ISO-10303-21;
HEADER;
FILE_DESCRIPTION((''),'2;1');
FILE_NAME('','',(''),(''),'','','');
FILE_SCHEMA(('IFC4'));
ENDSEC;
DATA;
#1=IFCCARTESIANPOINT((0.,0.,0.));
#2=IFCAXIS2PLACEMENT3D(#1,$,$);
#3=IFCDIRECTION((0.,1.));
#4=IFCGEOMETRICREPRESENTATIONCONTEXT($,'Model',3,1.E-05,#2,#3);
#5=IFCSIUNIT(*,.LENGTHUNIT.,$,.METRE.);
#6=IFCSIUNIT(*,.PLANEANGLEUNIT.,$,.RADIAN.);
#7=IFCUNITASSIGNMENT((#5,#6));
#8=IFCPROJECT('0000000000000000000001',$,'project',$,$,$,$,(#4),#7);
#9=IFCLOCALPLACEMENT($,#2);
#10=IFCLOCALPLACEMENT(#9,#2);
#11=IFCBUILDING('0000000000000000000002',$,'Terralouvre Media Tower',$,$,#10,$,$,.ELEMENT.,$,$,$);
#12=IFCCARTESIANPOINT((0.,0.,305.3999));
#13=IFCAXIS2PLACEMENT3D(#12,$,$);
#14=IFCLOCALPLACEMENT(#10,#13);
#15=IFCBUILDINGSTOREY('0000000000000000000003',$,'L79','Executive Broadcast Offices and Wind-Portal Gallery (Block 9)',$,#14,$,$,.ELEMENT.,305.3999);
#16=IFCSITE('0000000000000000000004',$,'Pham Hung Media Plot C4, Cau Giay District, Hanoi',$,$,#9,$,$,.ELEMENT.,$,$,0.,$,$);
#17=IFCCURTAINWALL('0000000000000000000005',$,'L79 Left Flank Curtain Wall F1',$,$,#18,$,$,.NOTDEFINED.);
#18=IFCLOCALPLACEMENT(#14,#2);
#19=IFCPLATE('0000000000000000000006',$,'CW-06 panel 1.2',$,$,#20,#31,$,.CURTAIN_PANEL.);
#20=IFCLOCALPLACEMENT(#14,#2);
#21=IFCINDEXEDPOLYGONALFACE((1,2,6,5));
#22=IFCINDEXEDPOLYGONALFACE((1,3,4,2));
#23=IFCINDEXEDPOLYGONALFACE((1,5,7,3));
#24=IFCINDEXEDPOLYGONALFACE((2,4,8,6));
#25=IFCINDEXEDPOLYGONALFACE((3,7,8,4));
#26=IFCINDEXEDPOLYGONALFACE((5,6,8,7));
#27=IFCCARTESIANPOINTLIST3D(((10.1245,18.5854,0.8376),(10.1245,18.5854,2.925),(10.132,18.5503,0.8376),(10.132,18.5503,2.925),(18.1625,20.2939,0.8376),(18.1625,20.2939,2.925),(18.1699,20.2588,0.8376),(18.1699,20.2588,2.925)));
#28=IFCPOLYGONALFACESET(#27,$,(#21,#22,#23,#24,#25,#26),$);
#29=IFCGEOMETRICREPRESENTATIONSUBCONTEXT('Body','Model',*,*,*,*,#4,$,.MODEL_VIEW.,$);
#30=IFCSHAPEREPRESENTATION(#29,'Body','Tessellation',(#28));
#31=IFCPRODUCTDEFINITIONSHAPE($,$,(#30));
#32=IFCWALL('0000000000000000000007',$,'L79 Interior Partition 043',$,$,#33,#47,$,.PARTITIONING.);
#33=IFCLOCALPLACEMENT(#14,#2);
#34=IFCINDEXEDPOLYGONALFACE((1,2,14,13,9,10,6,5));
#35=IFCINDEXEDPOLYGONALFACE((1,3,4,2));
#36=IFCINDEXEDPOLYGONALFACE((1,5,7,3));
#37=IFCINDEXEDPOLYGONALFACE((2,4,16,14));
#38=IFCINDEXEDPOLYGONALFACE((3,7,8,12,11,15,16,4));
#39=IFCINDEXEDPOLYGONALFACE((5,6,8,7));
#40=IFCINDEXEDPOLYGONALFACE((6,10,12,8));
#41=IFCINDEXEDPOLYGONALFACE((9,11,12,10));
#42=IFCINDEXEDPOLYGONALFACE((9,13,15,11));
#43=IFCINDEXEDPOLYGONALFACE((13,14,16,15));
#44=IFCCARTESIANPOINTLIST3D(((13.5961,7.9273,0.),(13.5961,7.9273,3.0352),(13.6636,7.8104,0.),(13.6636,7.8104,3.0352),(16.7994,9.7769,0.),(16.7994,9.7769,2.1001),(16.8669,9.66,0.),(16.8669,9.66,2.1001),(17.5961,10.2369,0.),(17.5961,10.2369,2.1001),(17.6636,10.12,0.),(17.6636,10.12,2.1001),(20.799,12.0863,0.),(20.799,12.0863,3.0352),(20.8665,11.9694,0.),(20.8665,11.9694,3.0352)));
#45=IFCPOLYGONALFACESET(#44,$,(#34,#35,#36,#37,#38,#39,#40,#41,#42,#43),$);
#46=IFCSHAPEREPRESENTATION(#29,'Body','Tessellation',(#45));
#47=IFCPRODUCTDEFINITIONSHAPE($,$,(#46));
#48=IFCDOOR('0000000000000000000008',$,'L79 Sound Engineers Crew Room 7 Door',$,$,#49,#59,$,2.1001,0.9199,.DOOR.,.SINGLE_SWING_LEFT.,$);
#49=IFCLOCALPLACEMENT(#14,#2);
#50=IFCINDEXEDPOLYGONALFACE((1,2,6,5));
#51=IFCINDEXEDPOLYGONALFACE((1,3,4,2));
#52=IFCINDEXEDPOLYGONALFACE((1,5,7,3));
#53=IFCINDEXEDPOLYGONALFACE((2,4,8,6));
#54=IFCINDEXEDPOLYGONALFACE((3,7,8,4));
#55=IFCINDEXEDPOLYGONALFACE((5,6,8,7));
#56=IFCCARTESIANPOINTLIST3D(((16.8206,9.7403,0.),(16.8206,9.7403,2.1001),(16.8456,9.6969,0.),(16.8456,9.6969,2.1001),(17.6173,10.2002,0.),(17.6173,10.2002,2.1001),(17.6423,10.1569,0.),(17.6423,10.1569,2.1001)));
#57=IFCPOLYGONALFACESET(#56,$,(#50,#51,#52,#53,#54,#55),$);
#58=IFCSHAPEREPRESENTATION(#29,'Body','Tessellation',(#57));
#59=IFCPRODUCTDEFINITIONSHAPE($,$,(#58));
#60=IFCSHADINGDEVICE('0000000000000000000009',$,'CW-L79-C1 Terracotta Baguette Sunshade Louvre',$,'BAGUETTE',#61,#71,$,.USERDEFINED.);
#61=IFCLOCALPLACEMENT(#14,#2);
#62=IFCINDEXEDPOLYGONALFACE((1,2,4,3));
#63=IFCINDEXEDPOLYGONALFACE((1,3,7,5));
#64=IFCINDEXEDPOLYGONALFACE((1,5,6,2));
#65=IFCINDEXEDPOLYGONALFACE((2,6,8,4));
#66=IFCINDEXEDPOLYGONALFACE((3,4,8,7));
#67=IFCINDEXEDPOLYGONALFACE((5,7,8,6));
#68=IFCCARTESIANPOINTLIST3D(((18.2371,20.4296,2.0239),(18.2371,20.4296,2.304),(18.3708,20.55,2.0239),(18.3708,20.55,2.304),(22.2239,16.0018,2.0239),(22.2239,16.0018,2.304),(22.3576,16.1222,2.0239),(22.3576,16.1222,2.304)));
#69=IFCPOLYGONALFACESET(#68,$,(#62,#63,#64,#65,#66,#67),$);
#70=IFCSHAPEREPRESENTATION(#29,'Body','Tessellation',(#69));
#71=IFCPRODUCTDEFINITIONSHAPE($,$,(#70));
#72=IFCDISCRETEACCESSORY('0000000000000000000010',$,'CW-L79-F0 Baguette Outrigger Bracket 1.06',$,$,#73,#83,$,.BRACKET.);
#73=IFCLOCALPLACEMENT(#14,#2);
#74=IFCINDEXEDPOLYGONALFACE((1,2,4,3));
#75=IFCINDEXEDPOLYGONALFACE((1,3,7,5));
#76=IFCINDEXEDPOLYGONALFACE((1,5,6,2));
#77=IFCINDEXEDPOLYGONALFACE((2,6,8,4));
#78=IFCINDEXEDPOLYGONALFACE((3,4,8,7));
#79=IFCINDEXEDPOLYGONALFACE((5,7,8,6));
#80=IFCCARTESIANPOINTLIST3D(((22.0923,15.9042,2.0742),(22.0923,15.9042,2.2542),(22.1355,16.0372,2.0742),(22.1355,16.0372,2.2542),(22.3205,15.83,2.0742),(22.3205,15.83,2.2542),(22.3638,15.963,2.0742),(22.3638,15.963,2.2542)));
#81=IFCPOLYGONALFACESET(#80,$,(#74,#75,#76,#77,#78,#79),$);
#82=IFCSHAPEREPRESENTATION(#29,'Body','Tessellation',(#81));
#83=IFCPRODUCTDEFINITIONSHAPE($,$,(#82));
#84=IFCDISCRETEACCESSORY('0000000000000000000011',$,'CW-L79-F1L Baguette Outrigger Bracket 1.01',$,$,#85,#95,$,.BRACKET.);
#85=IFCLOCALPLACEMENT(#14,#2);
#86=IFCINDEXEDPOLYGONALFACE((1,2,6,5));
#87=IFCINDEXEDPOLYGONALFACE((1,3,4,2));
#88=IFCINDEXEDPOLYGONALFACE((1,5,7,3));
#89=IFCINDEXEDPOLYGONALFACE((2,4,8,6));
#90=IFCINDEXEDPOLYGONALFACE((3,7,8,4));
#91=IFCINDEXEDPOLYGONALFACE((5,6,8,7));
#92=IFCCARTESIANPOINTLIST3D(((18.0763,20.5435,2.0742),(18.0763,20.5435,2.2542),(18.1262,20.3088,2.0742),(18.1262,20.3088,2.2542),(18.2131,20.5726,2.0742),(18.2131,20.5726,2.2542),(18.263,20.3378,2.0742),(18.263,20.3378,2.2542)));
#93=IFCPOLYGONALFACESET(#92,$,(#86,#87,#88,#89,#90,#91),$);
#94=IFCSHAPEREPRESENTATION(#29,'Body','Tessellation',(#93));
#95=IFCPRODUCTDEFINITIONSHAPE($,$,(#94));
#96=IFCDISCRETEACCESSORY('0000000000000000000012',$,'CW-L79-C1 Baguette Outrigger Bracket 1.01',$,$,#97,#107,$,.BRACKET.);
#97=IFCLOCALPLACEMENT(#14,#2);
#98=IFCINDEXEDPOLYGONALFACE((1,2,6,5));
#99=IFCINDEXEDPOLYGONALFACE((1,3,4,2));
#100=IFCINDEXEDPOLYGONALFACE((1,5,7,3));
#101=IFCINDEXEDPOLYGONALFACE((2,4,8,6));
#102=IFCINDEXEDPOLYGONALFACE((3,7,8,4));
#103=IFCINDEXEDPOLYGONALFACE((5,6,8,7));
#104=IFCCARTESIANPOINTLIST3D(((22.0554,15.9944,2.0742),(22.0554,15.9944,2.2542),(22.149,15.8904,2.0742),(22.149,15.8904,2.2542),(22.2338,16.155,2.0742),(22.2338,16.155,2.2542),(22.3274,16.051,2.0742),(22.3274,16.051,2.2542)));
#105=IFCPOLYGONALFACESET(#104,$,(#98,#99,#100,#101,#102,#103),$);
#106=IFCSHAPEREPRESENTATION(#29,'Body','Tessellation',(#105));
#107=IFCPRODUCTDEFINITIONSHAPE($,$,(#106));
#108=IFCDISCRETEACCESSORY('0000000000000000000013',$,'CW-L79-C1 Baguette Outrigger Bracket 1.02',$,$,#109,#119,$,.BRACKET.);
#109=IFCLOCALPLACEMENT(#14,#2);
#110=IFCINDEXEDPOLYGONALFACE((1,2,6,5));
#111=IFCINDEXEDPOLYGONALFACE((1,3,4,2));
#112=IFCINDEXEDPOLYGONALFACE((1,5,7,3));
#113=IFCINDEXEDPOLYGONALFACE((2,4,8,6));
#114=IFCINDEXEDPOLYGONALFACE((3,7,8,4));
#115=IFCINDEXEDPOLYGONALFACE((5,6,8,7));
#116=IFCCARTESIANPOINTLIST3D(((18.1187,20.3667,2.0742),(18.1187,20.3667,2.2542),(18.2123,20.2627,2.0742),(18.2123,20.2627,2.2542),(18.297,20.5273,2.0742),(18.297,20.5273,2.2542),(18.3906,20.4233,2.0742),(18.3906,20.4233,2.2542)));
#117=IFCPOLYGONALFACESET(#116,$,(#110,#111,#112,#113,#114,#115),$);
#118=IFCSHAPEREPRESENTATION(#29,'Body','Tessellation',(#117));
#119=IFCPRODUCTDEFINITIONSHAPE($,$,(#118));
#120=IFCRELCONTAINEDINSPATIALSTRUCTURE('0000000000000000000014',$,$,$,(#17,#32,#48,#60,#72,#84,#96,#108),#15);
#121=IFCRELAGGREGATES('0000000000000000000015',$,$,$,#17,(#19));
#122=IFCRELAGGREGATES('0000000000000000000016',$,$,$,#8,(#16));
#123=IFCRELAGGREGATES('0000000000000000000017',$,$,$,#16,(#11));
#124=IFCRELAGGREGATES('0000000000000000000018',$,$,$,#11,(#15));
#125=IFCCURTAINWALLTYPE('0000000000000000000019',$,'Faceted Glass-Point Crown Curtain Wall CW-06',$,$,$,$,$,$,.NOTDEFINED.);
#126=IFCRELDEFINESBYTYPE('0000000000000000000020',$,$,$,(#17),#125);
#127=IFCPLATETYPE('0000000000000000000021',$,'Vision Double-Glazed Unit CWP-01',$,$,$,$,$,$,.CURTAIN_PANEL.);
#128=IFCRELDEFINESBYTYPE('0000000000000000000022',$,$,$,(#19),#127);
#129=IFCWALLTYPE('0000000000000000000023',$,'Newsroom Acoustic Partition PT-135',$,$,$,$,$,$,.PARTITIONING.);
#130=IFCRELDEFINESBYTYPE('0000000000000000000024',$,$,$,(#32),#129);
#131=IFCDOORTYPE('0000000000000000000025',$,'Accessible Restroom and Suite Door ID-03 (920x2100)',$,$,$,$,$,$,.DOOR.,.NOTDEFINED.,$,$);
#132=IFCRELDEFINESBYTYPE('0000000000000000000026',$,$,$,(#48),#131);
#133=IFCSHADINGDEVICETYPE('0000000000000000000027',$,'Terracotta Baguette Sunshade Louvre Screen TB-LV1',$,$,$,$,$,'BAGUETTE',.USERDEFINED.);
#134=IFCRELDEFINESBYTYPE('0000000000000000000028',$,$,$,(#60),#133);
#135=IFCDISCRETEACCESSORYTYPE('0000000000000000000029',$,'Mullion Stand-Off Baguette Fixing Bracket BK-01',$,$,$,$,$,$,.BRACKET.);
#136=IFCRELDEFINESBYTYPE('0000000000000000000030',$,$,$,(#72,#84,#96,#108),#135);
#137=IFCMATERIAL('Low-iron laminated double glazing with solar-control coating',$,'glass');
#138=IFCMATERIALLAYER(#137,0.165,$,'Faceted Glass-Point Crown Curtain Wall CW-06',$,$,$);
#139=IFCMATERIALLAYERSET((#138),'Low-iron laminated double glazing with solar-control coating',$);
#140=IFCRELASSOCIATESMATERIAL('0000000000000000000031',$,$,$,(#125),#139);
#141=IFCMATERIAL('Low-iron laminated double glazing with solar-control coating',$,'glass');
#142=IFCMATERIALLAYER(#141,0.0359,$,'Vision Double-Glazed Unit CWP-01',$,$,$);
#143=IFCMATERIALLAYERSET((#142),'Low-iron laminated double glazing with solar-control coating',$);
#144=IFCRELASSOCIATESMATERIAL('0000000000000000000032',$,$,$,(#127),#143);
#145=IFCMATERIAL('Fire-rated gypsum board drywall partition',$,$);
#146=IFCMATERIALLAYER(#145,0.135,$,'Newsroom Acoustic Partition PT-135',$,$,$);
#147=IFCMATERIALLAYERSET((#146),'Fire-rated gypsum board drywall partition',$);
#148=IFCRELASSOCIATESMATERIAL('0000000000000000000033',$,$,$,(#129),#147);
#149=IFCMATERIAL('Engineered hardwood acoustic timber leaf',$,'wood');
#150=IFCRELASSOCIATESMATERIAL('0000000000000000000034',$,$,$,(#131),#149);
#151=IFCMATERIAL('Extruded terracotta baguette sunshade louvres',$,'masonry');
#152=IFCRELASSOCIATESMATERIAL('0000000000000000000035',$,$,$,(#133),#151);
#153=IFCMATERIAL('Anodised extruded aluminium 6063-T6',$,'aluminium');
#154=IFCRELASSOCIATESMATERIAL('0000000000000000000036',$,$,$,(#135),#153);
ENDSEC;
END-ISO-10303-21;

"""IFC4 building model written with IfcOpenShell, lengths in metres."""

from ifc_helpers import new_model, si_unit, direction, frame, frame_2d, origin, origin_2d, place, context, subcontext, project, spatial, rectangle, extrude, material, layer, layer_set, type_object, element, fill, aggregate, save


model = new_model("IFC4")

# Units and contexts
model_context = context("Model", 3, precision=1e-05, world=origin(), true_north=direction((0.0, 1.0)))
body_context = subcontext(model_context, "Body", "Model", "MODEL_VIEW")
ifc_project = project(units=[si_unit("LENGTHUNIT", "METRE"), si_unit("PLANEANGLEUNIT", "RADIAN")], contexts=[model_context])

# Site, building, storey
site_placement = place(None, origin())
site = spatial("IfcSite", under=ifc_project, at=site_placement, Name="Pham Hung Media Plot C4, Cau Giay District, Hanoi", CompositionType="ELEMENT", RefElevation=0.0)
building_placement = place(site_placement, origin())
building = spatial("IfcBuilding", under=site, at=building_placement, Name="Terralouvre Media Tower", CompositionType="ELEMENT")
storey_placement = place(building_placement, frame((0.0, 0.0, 305.3999)))
storey = spatial("IfcBuildingStorey", under=building, at=storey_placement, Name="L79", Description="Executive Broadcast Offices and Wind-Portal Gallery (Block 9)", CompositionType="ELEMENT", Elevation=305.3999)

# Curtain wall
ifc_material_1 = material(Name="Low-iron laminated double glazing with solar-control coating", Category="glass")
ifc_layer_1 = layer(ifc_material_1, 0.165, Name="Faceted Glass-Point Crown Curtain Wall CW-06")
ifc_layer_set_1 = layer_set([ifc_layer_1], Name="Low-iron laminated double glazing with solar-control coating")
curtain_wall_type_1 = type_object("IfcCurtainWallType", Name="Faceted Glass-Point Crown Curtain Wall CW-06", PredefinedType="NOTDEFINED", material=ifc_layer_set_1)
curtain_wall_1_placement = place(storey_placement, origin())
curtain_wall_1 = element("IfcCurtainWall", 1, at=curtain_wall_1_placement, inside=storey, type_object=curtain_wall_type_1, Name="L79 Left Flank Curtain Wall F1", PredefinedType="NOTDEFINED")

# Plate
ifc_material_2 = material(Name="Low-iron laminated double glazing with solar-control coating", Category="glass")
ifc_layer_2 = layer(ifc_material_2, 0.0359, Name="Vision Double-Glazed Unit CWP-01")
ifc_layer_set_2 = layer_set([ifc_layer_2], Name="Low-iron laminated double glazing with solar-control coating")
plate_type_1 = type_object("IfcPlateType", Name="Vision Double-Glazed Unit CWP-01", PredefinedType="CURTAIN_PANEL", material=ifc_layer_set_2)
plate_1_placement = place(storey_placement, frame((14.1472, 19.4221, 0.8376), z_axis=(0.0, 0.0, 1.0), x_axis=(-0.978148, -0.207912, 0.0)))
plate_1 = element("IfcPlate", 2, at=plate_1_placement, type_object=plate_type_1, Name="CW-06 panel 1.2", PredefinedType="CURTAIN_PANEL", context=body_context, shape_type="SweptSolid", body=[
    extrude(rectangle(XDim=8.2175, YDim=0.0359, at=origin_2d()), origin(), (0.0, 0.0, 1.0), 2.0874),
])
aggregate(curtain_wall_1, [plate_1])

# Wall, opening, door
ifc_material_3 = material(Name="Fire-rated gypsum board drywall partition")
ifc_layer_3 = layer(ifc_material_3, 0.135, Name="Newsroom Acoustic Partition PT-135")
ifc_layer_set_3 = layer_set([ifc_layer_3], Name="Fire-rated gypsum board drywall partition")
wall_type = type_object("IfcWallType", Name="Newsroom Acoustic Partition PT-135", PredefinedType="PARTITIONING", material=ifc_layer_set_3)
wall_placement = place(storey_placement, frame((20.8328, 12.0278, 0.0), z_axis=(0.0, 0.0, 1.0), x_axis=(-0.866007, -0.500032, 0.0)))
wall = element("IfcWall", 3, at=wall_placement, inside=storey, type_object=wall_type, Name="L79 Interior Partition 043", PredefinedType="PARTITIONING", context=body_context, shape_type="SweptSolid", body=[
    extrude(rectangle(XDim=8.3174, YDim=0.135, at=frame_2d((4.1587, 0.0))), origin(), (0.0, 0.0, 1.0), 3.0352),
])
opening_placement = place(wall_placement, frame((3.6985, 0.0, 0.0)))
opening = element("IfcOpeningElement", 4, at=opening_placement, cuts=wall, PredefinedType="OPENING", context=body_context, shape_type="SweptSolid", body=[
    extrude(rectangle(XDim=0.9199, YDim=2.1001, at=frame_2d((0.46, 1.05))), frame((0.0, 0.0774, 0.0), z_axis=(0.0, -1.0, 0.0), x_axis=(1.0, 0.0, 0.0)), (0.0, 0.0, 1.0), 0.155),
])
ifc_material_4 = material(Name="Engineered hardwood acoustic timber leaf", Category="wood")
door_type = type_object("IfcDoorType", Name="Accessible Restroom and Suite Door ID-03 (920x2100)", OperationType="NOTDEFINED", PredefinedType="DOOR", material=ifc_material_4)
door_placement = place(opening_placement, origin())
door = element("IfcDoor", 5, at=door_placement, inside=storey, type_object=door_type, Name="L79 Sound Engineers Crew Room 7 Door", OperationType="SINGLE_SWING_LEFT", OverallHeight=2.1001, OverallWidth=0.9199, PredefinedType="DOOR", context=body_context, shape_type="SweptSolid", body=[
    extrude(rectangle(XDim=0.9199, YDim=2.1001, at=frame_2d((0.46, 1.05))), frame((0.0, 0.0249, 0.0), z_axis=(0.0, -1.0, 0.0), x_axis=(1.0, 0.0, 0.0)), (0.0, 0.0, 1.0), 0.05),
])
fill(opening, door)

# Shading device
ifc_material_5 = material(Name="Extruded terracotta baguette sunshade louvres", Category="masonry")
shading_device_type = type_object("IfcShadingDeviceType", Name="Terracotta Baguette Sunshade Louvre Screen TB-LV1", ElementType="BAGUETTE", PredefinedType="USERDEFINED", material=ifc_material_5)
shading_device_placement = place(storey_placement, frame((20.2974, 18.2759, 2.0239), z_axis=(0.0, 0.0, 1.0), x_axis=(-0.66913, 0.743145, 0.0)))
element("IfcShadingDevice", 6, at=shading_device_placement, inside=storey, type_object=shading_device_type, Name="CW-L79-C1 Terracotta Baguette Sunshade Louvre", ObjectType="BAGUETTE", PredefinedType="USERDEFINED", context=body_context, shape_type="SweptSolid", body=[
    extrude(rectangle(XDim=5.9583, YDim=0.1799, at=origin_2d()), origin(), (0.0, 0.0, 1.0), 0.28),
])

# Discrete accessories
ifc_material_6 = material(Name="Anodised extruded aluminium 6063-T6", Category="aluminium")
discrete_accessory_type = type_object("IfcDiscreteAccessoryType", Name="Mullion Stand-Off Baguette Fixing Bracket BK-01", PredefinedType="BRACKET", material=ifc_material_6)
for number, where, z_axis, x_axis, name in (
    (7, (22.228, 15.9336, 2.0742), (0.0, 0.0, 1.0), (0.309017, 0.951057, 0.0), "CW-L79-F0 Baguette Outrigger Bracket 1.06"),
    (8, (18.1697, 20.4407, 2.0742), (0.0, 0.0, 1.0), (-0.978148, -0.207912, 0.0), "CW-L79-F1L Baguette Outrigger Bracket 1.01"),
    (9, (22.1914, 16.0227, 2.0742), (0.0, 0.0, 1.0), (-0.66913, 0.743145, 0.0), "CW-L79-C1 Baguette Outrigger Bracket 1.01"),
    (10, (18.2546, 20.395, 2.0742), (0.0, 0.0, 1.0), (-0.66913, 0.743145, 0.0), "CW-L79-C1 Baguette Outrigger Bracket 1.02"),
):
    element("IfcDiscreteAccessory", number, at=place(storey_placement, frame(where, z_axis=z_axis, x_axis=x_axis)), inside=storey, type_object=discrete_accessory_type, Name=name, PredefinedType="BRACKET", context=body_context, shape_type="SweptSolid", body=[
        extrude(rectangle(XDim=0.1399, YDim=0.24, at=origin_2d()), origin(), (0.0, 0.0, 1.0), 0.1799),
    ])

save(model, "model.ifc")
